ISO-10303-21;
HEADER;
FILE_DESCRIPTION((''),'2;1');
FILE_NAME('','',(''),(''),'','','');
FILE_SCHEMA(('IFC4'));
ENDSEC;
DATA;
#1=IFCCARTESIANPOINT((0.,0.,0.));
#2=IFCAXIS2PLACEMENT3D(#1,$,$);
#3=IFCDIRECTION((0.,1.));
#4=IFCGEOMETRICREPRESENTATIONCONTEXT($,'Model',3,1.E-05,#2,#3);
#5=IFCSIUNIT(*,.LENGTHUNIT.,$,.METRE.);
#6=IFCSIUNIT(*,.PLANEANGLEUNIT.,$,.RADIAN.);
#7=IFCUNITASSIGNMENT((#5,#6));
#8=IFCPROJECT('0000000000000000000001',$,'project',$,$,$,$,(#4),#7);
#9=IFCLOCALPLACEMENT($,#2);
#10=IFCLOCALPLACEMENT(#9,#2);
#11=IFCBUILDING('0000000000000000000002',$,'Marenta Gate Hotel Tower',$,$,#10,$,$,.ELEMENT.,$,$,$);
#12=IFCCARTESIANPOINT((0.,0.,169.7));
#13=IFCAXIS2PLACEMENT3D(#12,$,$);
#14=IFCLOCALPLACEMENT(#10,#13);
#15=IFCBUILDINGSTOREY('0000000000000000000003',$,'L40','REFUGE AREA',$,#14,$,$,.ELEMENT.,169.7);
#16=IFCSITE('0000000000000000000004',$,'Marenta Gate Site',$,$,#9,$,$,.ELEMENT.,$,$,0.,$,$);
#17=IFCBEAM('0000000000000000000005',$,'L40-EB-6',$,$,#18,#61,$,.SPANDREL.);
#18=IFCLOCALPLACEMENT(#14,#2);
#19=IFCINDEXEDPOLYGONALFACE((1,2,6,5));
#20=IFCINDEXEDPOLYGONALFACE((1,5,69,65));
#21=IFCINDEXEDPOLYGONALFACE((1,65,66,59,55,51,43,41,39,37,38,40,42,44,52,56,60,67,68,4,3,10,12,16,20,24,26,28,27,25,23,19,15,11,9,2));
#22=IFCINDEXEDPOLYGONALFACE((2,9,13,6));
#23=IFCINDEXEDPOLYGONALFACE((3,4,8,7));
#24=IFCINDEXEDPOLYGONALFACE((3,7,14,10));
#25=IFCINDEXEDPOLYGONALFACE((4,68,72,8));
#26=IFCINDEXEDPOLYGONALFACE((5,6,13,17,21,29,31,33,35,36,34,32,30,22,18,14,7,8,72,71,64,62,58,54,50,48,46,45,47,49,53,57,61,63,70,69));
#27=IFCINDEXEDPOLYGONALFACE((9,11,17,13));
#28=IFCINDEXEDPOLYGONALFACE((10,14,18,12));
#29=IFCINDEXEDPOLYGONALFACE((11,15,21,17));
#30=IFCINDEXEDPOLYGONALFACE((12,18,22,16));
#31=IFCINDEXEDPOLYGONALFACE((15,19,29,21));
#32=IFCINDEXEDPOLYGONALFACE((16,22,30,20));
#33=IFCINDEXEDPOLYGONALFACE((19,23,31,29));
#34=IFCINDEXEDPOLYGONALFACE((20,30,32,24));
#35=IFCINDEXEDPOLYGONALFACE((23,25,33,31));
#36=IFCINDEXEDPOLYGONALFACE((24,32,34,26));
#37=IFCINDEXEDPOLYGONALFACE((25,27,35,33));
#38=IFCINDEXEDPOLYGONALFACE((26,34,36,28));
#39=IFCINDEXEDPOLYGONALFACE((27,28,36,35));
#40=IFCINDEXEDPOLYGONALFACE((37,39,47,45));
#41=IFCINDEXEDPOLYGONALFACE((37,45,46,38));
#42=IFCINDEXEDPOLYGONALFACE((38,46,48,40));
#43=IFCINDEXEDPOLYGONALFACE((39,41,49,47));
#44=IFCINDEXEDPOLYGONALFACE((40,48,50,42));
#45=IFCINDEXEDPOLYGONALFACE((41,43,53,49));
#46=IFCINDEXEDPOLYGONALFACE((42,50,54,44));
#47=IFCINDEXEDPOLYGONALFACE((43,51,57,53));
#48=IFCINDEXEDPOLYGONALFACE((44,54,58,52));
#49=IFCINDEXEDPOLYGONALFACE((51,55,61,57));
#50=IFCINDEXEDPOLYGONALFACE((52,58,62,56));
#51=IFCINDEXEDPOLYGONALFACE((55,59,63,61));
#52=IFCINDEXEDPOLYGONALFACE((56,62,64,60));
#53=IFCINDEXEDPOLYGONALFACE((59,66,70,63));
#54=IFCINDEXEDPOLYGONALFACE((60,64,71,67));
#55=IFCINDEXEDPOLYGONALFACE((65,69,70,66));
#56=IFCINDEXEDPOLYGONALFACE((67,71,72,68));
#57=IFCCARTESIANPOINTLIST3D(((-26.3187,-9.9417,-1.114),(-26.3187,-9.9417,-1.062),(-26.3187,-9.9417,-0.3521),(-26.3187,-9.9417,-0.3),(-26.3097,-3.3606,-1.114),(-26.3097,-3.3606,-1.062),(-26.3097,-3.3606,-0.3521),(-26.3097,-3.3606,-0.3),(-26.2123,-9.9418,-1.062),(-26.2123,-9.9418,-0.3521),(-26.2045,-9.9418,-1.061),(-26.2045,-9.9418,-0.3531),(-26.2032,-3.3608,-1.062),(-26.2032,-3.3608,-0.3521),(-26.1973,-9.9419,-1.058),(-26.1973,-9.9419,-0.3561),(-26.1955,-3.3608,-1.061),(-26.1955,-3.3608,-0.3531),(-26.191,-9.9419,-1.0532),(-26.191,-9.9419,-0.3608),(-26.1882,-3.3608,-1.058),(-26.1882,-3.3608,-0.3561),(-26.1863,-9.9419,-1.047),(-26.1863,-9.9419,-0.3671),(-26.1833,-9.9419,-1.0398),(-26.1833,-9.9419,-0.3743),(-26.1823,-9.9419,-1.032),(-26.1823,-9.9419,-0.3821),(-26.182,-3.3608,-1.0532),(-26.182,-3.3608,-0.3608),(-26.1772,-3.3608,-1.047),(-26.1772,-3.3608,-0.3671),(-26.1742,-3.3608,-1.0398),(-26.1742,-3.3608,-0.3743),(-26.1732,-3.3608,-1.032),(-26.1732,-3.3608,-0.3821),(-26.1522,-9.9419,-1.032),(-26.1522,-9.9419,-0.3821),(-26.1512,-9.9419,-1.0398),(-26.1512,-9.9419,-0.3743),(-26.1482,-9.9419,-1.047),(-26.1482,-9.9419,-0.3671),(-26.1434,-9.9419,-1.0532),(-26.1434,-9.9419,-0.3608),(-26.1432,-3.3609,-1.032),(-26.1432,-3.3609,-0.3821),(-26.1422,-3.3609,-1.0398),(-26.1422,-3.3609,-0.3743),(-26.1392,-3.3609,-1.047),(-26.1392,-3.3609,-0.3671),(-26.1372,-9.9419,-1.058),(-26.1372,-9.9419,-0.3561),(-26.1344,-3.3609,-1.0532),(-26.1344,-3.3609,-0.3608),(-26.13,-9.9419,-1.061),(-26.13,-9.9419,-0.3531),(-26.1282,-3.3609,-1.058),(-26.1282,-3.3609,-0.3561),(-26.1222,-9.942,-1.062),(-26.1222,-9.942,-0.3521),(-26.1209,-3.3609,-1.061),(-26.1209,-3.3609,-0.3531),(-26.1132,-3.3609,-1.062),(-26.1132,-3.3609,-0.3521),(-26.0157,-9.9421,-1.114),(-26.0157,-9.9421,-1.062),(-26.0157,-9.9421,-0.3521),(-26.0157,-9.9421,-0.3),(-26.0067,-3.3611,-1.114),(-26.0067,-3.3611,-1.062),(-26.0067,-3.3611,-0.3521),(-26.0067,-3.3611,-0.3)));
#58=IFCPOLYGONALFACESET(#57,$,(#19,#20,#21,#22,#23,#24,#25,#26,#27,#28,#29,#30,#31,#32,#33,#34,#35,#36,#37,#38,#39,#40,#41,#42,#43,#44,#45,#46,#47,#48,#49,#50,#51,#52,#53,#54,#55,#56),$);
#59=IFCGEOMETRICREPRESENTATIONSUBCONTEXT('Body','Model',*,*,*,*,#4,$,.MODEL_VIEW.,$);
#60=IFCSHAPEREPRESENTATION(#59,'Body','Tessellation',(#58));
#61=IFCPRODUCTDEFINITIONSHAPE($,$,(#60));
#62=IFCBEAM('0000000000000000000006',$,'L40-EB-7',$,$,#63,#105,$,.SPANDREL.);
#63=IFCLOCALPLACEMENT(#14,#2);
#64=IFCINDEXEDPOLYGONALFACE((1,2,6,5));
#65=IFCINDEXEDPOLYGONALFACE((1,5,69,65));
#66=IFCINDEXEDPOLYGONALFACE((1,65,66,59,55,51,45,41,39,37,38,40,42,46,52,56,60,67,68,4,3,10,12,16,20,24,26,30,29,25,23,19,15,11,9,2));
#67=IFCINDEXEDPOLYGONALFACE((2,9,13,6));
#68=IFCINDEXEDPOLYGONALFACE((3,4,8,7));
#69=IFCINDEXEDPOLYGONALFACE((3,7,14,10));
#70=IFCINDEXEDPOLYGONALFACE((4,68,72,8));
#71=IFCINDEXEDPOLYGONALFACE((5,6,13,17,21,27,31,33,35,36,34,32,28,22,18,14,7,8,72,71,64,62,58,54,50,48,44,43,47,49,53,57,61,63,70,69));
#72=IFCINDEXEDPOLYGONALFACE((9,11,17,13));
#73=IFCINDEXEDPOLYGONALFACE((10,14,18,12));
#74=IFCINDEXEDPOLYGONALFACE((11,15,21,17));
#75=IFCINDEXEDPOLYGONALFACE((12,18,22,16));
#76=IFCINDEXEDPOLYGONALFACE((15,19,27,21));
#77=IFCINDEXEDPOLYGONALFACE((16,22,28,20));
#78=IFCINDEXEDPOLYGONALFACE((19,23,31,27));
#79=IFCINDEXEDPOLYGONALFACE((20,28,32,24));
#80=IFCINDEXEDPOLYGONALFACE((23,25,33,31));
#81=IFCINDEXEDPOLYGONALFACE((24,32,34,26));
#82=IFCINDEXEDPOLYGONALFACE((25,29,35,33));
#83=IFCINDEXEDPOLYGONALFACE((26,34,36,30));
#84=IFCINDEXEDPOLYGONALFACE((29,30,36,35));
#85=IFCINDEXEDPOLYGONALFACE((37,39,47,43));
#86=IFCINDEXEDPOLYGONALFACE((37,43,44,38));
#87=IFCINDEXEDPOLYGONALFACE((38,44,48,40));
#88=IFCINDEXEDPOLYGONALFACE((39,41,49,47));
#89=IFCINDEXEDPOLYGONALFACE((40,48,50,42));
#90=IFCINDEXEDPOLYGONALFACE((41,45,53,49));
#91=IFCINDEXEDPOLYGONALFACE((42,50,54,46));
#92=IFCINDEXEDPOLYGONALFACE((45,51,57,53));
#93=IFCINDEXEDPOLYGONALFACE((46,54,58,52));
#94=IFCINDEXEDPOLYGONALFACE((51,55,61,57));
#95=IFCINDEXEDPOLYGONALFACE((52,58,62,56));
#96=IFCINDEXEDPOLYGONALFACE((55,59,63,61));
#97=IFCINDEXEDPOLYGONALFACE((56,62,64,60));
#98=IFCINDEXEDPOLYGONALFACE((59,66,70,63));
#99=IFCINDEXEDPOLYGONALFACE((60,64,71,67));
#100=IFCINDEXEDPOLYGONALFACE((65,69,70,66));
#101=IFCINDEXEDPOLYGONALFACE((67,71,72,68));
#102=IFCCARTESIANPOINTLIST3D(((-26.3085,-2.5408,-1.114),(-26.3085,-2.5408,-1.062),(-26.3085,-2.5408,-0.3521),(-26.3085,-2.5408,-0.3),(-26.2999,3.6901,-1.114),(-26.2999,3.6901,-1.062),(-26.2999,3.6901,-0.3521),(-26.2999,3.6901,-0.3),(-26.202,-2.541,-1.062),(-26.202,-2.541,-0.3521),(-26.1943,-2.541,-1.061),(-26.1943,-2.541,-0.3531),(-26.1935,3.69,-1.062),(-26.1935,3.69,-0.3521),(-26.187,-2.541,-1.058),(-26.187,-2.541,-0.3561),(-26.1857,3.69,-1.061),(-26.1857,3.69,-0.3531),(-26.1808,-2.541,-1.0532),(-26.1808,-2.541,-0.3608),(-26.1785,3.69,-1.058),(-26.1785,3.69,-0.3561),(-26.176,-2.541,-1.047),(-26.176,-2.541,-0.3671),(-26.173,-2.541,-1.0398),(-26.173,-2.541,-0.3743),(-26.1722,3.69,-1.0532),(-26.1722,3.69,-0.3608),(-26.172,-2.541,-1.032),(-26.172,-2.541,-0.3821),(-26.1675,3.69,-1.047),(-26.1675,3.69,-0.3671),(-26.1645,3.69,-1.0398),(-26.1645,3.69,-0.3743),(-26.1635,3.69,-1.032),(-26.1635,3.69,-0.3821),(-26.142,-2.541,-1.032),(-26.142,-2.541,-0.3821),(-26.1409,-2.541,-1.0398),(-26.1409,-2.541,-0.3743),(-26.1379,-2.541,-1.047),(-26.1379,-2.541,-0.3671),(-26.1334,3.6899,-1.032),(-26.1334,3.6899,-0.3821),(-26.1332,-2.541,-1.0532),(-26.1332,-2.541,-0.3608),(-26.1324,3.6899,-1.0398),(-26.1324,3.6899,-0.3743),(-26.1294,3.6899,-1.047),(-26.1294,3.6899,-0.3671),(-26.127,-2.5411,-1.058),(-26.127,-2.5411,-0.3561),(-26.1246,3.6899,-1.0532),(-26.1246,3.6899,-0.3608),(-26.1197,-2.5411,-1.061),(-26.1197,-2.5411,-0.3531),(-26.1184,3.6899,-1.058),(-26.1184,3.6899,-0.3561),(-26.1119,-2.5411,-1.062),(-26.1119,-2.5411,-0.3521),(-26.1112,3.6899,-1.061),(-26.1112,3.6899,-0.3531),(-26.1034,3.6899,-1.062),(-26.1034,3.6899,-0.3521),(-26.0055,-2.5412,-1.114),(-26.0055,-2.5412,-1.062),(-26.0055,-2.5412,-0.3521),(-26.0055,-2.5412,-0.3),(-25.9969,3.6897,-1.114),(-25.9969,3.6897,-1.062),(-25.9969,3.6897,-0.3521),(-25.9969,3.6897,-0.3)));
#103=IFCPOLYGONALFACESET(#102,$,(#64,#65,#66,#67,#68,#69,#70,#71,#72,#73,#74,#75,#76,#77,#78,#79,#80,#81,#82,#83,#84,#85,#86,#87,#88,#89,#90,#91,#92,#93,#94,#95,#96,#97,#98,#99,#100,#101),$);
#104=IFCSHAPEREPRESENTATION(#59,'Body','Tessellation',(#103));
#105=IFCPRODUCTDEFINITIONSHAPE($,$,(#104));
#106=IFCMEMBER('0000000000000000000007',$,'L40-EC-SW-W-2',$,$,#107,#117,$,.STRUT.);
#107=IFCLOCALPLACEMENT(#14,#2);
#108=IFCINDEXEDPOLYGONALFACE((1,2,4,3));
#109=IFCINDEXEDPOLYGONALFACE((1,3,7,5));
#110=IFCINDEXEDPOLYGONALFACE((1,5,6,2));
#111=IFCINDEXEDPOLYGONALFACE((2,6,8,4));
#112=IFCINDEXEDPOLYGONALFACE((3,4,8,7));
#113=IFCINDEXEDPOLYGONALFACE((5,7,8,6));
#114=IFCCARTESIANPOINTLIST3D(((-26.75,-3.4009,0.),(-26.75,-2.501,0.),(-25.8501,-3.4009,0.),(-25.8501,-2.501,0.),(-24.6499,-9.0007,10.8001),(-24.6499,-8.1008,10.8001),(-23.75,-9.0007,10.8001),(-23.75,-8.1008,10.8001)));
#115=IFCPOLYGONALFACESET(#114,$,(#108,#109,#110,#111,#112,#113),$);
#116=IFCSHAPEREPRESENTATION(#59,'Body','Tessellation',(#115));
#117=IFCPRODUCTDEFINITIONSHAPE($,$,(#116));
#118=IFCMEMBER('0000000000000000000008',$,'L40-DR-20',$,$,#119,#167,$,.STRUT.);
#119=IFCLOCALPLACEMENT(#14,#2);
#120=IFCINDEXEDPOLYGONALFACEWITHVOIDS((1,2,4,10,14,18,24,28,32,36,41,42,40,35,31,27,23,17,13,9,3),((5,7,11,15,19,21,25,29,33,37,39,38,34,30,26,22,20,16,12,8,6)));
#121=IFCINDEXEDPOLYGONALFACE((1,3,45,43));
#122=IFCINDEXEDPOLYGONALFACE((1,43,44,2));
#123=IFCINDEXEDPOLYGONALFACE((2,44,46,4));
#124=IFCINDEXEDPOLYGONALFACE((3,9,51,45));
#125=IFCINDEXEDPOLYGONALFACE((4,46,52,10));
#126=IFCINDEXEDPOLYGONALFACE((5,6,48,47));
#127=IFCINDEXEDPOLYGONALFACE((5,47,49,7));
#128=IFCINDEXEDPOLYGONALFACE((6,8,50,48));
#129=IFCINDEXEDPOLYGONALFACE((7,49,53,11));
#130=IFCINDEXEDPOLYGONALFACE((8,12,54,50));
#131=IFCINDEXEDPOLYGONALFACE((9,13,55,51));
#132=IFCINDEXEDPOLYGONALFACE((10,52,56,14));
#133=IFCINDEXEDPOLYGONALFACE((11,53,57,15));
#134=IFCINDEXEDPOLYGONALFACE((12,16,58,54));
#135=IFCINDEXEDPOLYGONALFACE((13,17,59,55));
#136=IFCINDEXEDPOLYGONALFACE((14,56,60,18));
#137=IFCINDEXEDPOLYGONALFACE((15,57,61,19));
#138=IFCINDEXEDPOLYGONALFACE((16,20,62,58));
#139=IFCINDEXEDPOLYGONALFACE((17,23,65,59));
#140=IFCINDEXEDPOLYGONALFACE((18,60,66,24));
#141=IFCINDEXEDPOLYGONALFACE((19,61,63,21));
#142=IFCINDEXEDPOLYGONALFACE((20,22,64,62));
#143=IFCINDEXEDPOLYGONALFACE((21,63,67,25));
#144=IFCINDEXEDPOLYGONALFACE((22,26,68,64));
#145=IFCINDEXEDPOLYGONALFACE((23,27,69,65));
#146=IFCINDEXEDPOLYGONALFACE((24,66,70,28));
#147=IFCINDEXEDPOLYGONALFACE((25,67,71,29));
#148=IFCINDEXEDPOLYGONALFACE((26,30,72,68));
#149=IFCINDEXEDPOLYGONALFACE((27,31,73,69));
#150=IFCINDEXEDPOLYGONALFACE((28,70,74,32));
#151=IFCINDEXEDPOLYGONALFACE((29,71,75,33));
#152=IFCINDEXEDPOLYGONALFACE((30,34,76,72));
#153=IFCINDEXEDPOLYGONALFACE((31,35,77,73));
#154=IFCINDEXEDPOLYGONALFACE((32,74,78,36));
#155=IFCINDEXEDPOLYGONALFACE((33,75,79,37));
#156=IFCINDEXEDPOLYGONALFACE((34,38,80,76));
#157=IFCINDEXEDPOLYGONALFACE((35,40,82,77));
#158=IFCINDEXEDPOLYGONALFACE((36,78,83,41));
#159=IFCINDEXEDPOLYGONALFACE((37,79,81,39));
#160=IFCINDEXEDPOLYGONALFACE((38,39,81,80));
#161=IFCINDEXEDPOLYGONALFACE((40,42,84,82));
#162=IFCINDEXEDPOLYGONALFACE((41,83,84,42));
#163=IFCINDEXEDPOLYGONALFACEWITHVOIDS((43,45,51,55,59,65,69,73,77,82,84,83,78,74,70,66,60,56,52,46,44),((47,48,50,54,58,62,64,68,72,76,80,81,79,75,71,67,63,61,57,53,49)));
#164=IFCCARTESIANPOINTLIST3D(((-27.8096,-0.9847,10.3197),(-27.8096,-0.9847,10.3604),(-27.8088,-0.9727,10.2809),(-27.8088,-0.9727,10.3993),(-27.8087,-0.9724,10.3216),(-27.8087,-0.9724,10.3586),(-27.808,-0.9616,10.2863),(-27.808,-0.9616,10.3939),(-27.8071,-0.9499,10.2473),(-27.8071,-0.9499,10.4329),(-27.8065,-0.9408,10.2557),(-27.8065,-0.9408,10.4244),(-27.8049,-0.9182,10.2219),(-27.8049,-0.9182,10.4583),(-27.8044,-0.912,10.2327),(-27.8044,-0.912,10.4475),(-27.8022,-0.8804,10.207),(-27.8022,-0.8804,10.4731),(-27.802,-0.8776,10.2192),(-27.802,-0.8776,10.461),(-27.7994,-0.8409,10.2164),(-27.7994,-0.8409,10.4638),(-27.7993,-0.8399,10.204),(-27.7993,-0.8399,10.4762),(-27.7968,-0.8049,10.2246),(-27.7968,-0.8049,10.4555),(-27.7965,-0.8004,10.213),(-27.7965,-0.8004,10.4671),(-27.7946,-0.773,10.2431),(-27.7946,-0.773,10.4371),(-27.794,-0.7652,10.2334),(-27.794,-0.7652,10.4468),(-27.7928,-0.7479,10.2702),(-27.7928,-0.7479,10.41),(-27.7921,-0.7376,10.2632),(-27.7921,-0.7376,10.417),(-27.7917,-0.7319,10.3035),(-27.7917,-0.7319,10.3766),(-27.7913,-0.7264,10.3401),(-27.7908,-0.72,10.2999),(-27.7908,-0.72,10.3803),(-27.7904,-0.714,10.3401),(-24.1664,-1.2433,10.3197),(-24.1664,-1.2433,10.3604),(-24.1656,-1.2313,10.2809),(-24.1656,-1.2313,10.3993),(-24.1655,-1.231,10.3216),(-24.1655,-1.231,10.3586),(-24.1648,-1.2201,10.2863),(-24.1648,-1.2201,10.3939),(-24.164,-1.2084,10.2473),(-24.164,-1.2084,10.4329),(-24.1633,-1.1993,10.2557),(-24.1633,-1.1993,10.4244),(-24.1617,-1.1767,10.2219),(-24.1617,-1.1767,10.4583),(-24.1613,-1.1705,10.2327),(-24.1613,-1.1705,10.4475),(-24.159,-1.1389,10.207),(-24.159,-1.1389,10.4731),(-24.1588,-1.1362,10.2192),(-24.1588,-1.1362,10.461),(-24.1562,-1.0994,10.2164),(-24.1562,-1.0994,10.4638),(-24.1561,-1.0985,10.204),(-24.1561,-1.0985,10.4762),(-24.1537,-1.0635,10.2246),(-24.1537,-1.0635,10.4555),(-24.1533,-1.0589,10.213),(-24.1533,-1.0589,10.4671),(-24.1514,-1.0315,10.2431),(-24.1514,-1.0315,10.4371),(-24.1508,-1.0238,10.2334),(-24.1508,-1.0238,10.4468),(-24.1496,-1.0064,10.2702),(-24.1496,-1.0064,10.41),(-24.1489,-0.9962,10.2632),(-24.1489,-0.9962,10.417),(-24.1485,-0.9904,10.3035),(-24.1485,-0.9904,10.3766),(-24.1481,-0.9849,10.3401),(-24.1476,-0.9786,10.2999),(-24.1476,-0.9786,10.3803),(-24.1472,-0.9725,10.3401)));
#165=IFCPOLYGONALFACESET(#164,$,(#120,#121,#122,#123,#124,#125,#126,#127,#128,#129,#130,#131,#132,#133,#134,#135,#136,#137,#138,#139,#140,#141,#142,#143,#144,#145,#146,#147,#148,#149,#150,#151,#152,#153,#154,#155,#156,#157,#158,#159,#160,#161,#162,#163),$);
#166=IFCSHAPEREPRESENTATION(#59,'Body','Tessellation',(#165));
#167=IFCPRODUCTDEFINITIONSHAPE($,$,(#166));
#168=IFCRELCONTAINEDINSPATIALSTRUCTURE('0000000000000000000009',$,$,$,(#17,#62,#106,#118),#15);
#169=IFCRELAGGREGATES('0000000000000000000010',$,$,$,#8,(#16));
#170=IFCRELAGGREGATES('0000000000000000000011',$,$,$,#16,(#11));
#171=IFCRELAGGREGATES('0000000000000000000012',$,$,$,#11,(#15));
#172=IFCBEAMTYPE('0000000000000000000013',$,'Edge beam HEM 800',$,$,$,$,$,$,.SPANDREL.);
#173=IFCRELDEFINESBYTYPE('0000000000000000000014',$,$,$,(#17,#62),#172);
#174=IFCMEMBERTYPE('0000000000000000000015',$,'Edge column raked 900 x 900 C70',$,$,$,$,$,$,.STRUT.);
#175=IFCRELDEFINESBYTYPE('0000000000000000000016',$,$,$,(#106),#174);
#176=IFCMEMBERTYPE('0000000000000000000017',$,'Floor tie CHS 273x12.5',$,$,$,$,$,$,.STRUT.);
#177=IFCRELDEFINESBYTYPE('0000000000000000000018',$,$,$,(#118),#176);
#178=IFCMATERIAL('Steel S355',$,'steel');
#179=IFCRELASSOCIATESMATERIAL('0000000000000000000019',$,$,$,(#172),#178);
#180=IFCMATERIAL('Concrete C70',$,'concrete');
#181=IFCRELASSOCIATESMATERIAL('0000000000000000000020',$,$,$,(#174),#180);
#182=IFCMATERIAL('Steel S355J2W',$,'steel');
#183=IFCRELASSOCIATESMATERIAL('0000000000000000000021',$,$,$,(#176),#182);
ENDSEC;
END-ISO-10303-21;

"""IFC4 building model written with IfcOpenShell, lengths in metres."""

from ifc_helpers import new_model, si_unit, direction, frame, origin, origin_2d, place, context, subcontext, project, spatial, rectangle, hollow_circle, i_section, extrude, material, material_profile, profile_set, type_object, element, save


model = new_model("IFC4")

# Units and contexts
model_context = context("Model", 3, precision=1e-05, world=origin(), true_north=direction((0.0, 1.0)))
body_context = subcontext(model_context, "Body", "Model", "MODEL_VIEW")
ifc_project = project(units=[si_unit("LENGTHUNIT", "METRE"), si_unit("PLANEANGLEUNIT", "RADIAN")], contexts=[model_context])

# Site, building, storey
site_placement = place(None, origin())
site = spatial("IfcSite", under=ifc_project, at=site_placement, Name="Marenta Gate Site", CompositionType="ELEMENT", RefElevation=0.0)
building_placement = place(site_placement, origin())
building = spatial("IfcBuilding", under=site, at=building_placement, Name="Marenta Gate Hotel Tower", CompositionType="ELEMENT")
storey_placement = place(building_placement, frame((0.0, 0.0, 169.7)))
storey = spatial("IfcBuildingStorey", under=building, at=storey_placement, Name="L40", Description="REFUGE AREA", CompositionType="ELEMENT", Elevation=169.7)

# Beams
ifc_material_1 = material(Name="Steel S355", Category="steel")
ifc_material_profile_1 = material_profile(ifc_material_1, i_section(OverallWidth=0.303, OverallDepth=0.814, WebThickness=0.03, FlangeThickness=0.052, FilletRadius=0.03, at=origin_2d()), Name="HEM 800")
ifc_profile_set_1 = profile_set([ifc_material_profile_1], Name="Steel S355")
beam_type_1 = type_object("IfcBeamType", Name="Edge beam HEM 800", PredefinedType="SPANDREL", material=ifc_profile_set_1)
beam_1_placement = place(storey_placement, frame((-26.1672, -9.9419, -0.707), z_axis=(0.001373, 0.999999, 0.0), x_axis=(-0.999999, 0.001373, 0.0)))
element("IfcBeam", 1, at=beam_1_placement, inside=storey, type_object=beam_type_1, Name="L40-EB-6", PredefinedType="SPANDREL", context=body_context, shape_type="SweptSolid", body=[
    extrude(i_section(OverallWidth=0.303, OverallDepth=0.814, WebThickness=0.03, FlangeThickness=0.052, FilletRadius=0.03, at=origin_2d()), origin(), (0.0, 0.0, 1.0), 6.5811),
])
beam_2_placement = place(storey_placement, frame((-26.157, -2.541, -0.707), z_axis=(0.001371, 0.999999, 0.0), x_axis=(-0.999999, 0.001371, 0.0)))
element("IfcBeam", 2, at=beam_2_placement, inside=storey, type_object=beam_type_1, Name="L40-EB-7", PredefinedType="SPANDREL", context=body_context, shape_type="SweptSolid", body=[
    extrude(i_section(OverallWidth=0.303, OverallDepth=0.814, WebThickness=0.03, FlangeThickness=0.052, FilletRadius=0.03, at=origin_2d()), origin(), (0.0, 0.0, 1.0), 6.231),
])

# Members
ifc_material_2 = material(Name="Concrete C70", Category="concrete")
ifc_material_profile_2 = material_profile(ifc_material_2, rectangle(XDim=0.8999, YDim=0.8999, at=origin_2d()), Name="900 x 900")
ifc_profile_set_2 = profile_set([ifc_material_profile_2], Name="Concrete C70")
member_type_1 = type_object("IfcMemberType", Name="Edge column raked 900 x 900 C70", PredefinedType="STRUT", material=ifc_profile_set_2)
member_1_placement = place(storey_placement, frame((-26.3, -2.9509, 0.0), z_axis=(0.0, 0.0, 1.0), x_axis=(1.0, 0.0, 0.0)))
element("IfcMember", 3, at=member_1_placement, inside=storey, type_object=member_type_1, Name="L40-EC-SW-W-2", PredefinedType="STRUT", context=body_context, shape_type="SweptSolid", body=[
    extrude(rectangle(XDim=0.8999, YDim=0.8999, at=origin_2d()), origin(), (0.170111, -0.453597, 0.874821), 12.3455),
])
ifc_material_3 = material(Name="Steel S355J2W", Category="steel")
ifc_material_profile_3 = material_profile(ifc_material_3, hollow_circle(Radius=0.1365, WallThickness=0.0125, at=origin_2d()), Name="CHS 273x12.5")
ifc_profile_set_3 = profile_set([ifc_material_profile_3], Name="Steel S355J2W")
member_type_2 = type_object("IfcMemberType", Name="Floor tie CHS 273x12.5", PredefinedType="STRUT", material=ifc_profile_set_3)
member_2_placement = place(storey_placement, frame((-27.8, -0.8501, 10.3401), z_axis=(0.997491, -0.070791, 0.0), x_axis=(0.070791, 0.997491, 0.0)))
element("IfcMember", 4, at=member_2_placement, inside=storey, type_object=member_type_2, Name="L40-DR-20", PredefinedType="STRUT", context=body_context, shape_type="SweptSolid", body=[
    extrude(hollow_circle(Radius=0.1365, WallThickness=0.0125, at=origin_2d()), origin(), (0.0, 0.0, 1.0), 3.6523),
])

save(model, "model.ifc")
